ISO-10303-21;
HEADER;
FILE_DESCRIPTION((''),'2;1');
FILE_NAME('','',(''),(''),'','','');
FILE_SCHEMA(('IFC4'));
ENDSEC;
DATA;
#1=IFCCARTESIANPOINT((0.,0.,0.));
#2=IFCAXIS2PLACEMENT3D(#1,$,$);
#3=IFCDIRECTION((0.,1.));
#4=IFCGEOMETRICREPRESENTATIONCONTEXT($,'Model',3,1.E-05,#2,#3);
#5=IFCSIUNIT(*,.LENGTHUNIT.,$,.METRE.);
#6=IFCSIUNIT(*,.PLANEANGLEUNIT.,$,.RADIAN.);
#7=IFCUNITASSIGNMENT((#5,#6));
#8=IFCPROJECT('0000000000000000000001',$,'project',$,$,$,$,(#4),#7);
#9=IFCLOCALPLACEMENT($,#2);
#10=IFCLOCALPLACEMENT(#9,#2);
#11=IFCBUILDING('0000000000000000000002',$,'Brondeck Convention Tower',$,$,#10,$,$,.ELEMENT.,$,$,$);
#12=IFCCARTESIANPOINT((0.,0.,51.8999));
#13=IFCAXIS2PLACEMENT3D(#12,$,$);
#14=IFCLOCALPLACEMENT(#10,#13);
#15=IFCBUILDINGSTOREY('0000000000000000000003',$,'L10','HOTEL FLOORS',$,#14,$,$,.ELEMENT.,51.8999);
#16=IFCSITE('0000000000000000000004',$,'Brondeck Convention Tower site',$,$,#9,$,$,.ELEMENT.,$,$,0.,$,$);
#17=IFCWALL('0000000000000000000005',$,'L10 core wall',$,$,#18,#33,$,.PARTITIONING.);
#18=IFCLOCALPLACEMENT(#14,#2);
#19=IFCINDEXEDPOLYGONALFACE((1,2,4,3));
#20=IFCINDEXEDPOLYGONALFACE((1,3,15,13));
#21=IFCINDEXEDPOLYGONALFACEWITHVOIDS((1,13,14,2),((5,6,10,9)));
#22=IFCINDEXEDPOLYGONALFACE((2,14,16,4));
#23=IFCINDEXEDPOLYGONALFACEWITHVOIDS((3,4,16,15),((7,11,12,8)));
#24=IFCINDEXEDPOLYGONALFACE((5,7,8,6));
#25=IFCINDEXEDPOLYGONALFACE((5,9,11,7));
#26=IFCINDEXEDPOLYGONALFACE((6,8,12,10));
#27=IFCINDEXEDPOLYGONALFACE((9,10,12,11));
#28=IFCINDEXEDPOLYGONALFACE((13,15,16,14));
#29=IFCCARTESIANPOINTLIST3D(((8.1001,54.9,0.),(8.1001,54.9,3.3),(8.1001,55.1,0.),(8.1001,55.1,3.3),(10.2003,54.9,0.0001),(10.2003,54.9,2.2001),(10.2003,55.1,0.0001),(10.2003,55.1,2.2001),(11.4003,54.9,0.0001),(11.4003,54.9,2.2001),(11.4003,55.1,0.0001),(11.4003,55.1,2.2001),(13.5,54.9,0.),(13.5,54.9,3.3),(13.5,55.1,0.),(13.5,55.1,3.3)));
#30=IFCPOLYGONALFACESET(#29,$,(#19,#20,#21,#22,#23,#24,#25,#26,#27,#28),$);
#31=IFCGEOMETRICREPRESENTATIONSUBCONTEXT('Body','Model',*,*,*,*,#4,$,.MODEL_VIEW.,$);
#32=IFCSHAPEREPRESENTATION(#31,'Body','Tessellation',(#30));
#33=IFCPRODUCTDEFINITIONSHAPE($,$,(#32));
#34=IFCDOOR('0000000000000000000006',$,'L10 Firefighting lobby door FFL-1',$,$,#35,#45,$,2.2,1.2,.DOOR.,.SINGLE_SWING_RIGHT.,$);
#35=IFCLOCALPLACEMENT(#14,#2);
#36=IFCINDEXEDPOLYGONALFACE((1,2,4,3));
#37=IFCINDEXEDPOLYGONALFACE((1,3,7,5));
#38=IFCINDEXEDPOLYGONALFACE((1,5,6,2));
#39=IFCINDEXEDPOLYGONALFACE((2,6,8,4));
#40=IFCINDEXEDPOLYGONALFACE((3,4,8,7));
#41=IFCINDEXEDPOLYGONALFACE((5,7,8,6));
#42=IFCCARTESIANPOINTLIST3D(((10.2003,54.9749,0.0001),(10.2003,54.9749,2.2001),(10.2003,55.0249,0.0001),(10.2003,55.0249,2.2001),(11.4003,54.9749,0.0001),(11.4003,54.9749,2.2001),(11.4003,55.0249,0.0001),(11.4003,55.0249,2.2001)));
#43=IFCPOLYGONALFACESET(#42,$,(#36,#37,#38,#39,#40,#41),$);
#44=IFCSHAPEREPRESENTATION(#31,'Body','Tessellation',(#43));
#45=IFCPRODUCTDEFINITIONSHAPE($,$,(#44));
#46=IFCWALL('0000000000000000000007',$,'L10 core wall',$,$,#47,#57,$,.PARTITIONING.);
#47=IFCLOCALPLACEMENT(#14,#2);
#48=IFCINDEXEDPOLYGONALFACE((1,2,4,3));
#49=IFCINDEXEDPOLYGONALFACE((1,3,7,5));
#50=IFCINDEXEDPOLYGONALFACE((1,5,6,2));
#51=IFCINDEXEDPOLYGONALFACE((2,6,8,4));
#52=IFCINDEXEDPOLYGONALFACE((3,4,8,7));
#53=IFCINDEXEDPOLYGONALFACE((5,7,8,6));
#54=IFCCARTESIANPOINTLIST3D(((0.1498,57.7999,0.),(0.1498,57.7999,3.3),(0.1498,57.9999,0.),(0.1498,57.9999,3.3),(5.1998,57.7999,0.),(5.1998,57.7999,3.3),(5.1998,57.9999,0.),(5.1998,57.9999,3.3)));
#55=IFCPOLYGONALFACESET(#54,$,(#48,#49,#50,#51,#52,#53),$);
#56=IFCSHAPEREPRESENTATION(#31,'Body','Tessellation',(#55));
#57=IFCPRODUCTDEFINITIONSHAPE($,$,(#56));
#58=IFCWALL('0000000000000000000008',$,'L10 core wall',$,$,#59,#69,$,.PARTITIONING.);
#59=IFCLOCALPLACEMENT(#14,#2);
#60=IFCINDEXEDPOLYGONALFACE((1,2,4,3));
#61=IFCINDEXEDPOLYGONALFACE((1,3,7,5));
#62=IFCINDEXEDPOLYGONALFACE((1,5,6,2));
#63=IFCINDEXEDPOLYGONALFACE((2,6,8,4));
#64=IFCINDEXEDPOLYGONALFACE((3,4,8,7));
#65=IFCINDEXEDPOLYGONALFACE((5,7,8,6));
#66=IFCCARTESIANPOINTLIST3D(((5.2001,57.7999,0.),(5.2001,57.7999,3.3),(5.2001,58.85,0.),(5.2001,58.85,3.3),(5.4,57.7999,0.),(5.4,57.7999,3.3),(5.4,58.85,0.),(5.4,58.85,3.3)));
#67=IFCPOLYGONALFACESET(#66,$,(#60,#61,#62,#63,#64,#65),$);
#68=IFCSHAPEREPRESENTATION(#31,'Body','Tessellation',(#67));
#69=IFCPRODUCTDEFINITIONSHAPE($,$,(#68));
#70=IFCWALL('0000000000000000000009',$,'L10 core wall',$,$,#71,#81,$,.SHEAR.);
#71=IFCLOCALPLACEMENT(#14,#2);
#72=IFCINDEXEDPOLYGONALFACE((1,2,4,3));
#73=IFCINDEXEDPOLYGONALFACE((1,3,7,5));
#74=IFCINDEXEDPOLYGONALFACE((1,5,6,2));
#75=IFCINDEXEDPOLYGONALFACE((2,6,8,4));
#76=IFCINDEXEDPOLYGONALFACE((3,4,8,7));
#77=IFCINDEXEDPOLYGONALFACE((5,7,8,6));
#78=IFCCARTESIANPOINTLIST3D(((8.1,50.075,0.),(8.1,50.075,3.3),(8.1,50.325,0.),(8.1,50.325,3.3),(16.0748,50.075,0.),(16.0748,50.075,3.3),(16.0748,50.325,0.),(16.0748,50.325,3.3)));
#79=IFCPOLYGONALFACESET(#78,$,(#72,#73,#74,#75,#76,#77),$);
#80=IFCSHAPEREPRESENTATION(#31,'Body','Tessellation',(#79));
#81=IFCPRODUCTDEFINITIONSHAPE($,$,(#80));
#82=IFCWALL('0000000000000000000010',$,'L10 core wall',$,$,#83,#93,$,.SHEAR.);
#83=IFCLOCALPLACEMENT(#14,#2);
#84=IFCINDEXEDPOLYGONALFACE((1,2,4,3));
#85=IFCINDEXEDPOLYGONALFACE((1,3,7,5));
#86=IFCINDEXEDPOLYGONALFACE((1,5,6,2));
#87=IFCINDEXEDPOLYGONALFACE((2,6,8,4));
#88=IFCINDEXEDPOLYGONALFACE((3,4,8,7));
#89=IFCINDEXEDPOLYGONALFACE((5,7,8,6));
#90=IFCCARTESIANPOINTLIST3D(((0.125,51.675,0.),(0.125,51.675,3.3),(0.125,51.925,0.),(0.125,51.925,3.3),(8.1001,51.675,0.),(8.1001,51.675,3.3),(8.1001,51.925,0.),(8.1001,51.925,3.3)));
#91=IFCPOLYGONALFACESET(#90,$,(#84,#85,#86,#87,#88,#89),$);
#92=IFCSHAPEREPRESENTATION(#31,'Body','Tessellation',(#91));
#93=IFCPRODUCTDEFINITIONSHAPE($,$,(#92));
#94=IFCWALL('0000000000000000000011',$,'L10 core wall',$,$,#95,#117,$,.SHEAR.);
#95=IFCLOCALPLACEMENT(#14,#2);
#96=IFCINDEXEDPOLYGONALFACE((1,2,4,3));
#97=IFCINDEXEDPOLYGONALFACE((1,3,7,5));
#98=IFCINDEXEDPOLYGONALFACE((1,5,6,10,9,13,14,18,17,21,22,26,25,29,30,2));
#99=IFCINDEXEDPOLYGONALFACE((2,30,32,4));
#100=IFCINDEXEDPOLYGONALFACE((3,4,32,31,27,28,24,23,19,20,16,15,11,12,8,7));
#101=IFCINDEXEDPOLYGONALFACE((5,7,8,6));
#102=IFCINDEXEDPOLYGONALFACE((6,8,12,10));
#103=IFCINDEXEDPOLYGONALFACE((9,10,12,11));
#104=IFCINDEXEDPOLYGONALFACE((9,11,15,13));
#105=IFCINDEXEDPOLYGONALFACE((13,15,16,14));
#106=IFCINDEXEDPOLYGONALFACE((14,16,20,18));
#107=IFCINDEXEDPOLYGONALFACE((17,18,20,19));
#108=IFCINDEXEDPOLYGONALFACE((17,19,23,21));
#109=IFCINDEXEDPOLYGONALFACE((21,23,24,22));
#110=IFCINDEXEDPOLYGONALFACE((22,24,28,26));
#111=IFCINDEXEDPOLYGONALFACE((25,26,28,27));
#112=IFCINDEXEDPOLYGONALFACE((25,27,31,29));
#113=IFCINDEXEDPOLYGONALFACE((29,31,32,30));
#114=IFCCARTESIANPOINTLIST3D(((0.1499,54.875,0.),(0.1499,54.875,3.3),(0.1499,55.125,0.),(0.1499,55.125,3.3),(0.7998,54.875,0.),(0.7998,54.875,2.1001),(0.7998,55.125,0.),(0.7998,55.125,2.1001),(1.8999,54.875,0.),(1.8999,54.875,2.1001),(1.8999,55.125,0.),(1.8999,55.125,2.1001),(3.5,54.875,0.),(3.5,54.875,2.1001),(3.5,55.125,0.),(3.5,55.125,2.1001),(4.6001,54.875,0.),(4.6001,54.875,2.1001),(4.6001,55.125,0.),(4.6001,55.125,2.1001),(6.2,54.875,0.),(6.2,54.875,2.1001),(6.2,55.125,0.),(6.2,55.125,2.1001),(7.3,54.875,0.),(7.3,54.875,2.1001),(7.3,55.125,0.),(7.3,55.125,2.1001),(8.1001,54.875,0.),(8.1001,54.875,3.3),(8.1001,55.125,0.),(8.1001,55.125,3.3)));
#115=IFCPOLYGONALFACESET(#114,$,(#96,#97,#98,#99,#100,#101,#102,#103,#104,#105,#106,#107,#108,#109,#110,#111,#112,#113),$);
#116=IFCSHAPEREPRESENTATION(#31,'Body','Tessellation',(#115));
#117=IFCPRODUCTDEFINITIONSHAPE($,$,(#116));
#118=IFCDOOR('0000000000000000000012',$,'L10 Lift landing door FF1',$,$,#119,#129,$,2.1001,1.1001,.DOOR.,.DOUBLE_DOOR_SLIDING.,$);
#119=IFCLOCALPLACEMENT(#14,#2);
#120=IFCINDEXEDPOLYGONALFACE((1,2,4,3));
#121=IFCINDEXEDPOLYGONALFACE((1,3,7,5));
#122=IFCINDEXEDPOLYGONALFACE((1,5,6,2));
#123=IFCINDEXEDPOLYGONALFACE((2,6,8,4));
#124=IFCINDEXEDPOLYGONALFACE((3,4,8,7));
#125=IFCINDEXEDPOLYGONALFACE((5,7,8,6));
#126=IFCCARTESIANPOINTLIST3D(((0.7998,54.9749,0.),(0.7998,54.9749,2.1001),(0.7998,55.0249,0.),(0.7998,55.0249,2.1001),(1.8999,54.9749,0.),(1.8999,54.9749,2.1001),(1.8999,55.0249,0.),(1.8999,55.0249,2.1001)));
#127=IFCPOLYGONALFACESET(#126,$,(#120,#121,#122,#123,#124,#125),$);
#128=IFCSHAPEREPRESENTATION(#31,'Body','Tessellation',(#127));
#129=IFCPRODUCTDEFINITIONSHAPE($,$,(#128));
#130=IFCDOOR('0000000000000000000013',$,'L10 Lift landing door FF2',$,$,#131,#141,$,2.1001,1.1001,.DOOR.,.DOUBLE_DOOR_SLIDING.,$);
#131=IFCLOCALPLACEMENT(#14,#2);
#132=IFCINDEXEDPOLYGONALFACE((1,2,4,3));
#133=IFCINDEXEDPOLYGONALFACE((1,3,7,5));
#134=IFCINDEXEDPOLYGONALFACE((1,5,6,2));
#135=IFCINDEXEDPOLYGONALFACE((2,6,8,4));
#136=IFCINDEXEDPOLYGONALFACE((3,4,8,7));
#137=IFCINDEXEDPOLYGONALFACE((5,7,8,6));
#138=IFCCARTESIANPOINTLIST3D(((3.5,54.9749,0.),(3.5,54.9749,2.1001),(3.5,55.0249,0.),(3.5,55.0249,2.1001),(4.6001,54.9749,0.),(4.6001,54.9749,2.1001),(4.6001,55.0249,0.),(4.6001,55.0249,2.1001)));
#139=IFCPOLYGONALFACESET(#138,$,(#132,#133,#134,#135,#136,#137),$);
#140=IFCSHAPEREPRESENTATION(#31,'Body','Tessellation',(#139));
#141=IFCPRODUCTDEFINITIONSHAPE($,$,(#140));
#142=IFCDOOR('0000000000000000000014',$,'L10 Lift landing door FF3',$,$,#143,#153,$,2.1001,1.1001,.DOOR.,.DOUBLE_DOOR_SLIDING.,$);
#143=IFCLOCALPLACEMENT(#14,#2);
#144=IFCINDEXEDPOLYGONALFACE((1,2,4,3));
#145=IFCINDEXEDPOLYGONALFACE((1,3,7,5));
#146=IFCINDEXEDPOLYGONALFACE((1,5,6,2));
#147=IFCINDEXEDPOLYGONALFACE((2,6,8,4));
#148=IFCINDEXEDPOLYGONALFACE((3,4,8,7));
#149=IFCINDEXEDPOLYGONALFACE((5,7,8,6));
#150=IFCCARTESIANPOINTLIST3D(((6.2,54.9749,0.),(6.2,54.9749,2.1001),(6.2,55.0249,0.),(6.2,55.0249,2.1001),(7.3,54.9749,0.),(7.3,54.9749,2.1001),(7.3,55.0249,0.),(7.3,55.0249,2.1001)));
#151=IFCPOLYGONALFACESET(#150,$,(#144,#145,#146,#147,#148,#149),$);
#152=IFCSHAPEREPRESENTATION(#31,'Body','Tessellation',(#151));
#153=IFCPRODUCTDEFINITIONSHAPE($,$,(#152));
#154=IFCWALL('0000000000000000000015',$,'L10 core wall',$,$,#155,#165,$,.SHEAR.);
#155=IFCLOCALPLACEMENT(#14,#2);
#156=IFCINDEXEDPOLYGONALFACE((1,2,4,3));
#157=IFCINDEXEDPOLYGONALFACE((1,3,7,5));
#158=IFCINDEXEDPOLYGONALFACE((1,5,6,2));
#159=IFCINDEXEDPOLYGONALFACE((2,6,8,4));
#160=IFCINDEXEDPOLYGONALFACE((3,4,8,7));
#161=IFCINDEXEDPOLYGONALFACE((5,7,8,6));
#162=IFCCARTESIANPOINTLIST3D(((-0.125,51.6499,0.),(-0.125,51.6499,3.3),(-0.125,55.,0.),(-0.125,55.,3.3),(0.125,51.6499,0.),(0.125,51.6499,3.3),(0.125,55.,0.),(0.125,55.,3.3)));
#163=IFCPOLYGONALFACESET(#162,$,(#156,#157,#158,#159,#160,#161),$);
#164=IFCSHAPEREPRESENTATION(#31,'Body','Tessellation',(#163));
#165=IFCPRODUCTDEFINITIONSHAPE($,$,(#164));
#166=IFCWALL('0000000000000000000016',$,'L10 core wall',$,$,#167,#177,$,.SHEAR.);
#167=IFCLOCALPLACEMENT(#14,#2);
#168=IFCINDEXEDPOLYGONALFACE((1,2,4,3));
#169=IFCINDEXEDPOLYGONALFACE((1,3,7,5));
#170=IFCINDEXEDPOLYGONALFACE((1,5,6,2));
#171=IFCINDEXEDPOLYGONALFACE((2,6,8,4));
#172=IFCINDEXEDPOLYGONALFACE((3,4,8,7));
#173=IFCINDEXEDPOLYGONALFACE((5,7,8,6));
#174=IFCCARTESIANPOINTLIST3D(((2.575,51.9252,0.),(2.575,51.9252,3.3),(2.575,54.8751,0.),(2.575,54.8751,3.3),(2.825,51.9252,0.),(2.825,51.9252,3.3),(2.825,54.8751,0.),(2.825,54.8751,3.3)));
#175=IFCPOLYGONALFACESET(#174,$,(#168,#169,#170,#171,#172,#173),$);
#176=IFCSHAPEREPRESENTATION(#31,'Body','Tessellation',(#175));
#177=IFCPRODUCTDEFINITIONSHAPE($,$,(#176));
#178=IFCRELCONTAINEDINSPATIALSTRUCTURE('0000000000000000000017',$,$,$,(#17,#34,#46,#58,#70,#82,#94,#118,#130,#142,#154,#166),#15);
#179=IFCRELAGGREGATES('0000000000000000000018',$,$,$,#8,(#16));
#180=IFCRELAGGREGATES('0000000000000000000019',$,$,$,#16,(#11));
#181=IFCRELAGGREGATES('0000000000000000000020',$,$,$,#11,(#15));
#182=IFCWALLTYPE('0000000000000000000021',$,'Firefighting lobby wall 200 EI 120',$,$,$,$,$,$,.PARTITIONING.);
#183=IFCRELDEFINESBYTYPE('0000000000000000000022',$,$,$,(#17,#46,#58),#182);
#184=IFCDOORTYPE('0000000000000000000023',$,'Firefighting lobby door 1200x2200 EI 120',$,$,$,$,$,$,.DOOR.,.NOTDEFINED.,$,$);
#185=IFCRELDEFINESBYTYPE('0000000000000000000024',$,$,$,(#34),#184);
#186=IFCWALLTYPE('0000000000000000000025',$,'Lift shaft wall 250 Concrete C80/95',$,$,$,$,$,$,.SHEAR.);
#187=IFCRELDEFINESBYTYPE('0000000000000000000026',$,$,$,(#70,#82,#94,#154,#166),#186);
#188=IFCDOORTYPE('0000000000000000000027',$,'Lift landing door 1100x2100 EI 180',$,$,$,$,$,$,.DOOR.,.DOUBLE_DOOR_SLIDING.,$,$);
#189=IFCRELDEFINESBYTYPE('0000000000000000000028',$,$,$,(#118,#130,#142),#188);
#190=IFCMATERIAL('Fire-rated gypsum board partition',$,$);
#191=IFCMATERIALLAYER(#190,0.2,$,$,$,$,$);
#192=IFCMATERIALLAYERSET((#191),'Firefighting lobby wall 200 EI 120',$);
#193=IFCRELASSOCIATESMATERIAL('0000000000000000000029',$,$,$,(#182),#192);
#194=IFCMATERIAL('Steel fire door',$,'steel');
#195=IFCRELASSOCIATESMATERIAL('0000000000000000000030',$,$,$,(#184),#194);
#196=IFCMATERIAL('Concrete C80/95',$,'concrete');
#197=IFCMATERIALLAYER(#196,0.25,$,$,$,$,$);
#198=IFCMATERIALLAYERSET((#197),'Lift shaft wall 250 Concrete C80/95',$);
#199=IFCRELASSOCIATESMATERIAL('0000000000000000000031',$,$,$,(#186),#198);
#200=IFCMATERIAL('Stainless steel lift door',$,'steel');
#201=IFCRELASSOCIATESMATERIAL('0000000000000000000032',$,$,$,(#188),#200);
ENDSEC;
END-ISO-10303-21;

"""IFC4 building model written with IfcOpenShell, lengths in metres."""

from ifc_helpers import new_model, si_unit, direction, frame, frame_2d, origin, place, context, subcontext, project, spatial, rectangle, extrude, material, layer, layer_set, type_object, element, fill, save


model = new_model("IFC4")

# Units and contexts
model_context = context("Model", 3, precision=1e-05, world=origin(), true_north=direction((0.0, 1.0)))
body_context = subcontext(model_context, "Body", "Model", "MODEL_VIEW")
ifc_project = project(units=[si_unit("LENGTHUNIT", "METRE"), si_unit("PLANEANGLEUNIT", "RADIAN")], contexts=[model_context])

# Site, building, storey
site_placement = place(None, origin())
site = spatial("IfcSite", under=ifc_project, at=site_placement, Name="Brondeck Convention Tower site", CompositionType="ELEMENT", RefElevation=0.0)
building_placement = place(site_placement, origin())
building = spatial("IfcBuilding", under=site, at=building_placement, Name="Brondeck Convention Tower", CompositionType="ELEMENT")
storey_placement = place(building_placement, frame((0.0, 0.0, 51.8999)))
storey = spatial("IfcBuildingStorey", under=building, at=storey_placement, Name="L10", Description="HOTEL FLOORS", CompositionType="ELEMENT", Elevation=51.8999)

# Shared definitions
ifc_material_1 = material(Name="Concrete C80/95", Category="concrete")

# Shared definitions
ifc_material_2 = material(Name="Fire-rated gypsum board partition")

# Wall, opening, door
ifc_layer_1 = layer(ifc_material_2, 0.2)
ifc_layer_set_1 = layer_set([ifc_layer_1], Name="Firefighting lobby wall 200 EI 120")
wall_type_1 = type_object("IfcWallType", Name="Firefighting lobby wall 200 EI 120", PredefinedType="PARTITIONING", material=ifc_layer_set_1)
wall_1_placement = place(storey_placement, frame((8.1001, 55.0, 0.0), z_axis=(0.0, 0.0, 1.0), x_axis=(1.0, 0.0, 0.0)))
wall_1 = element("IfcWall", 1, at=wall_1_placement, inside=storey, type_object=wall_type_1, Name="L10 core wall", PredefinedType="PARTITIONING", context=body_context, shape_type="SweptSolid", body=[
    extrude(rectangle(XDim=5.3999, YDim=0.2, at=frame_2d((2.7, 0.0))), origin(), (0.0, 0.0, 1.0), 3.3),
])
opening_1_placement = place(wall_1_placement, frame((2.1001, 0.0, 0.0)))
opening_1 = element("IfcOpeningElement", 2, at=opening_1_placement, cuts=wall_1, PredefinedType="OPENING", context=body_context, shape_type="SweptSolid", body=[
    extrude(rectangle(XDim=1.2, YDim=2.2, at=frame_2d((0.6001, 1.1001))), frame((0.0, 0.1099, 0.0), z_axis=(0.0, -1.0, 0.0), x_axis=(1.0, 0.0, 0.0)), (0.0, 0.0, 1.0), 0.22),
])
ifc_material_3 = material(Name="Steel fire door", Category="steel")
door_type_1 = type_object("IfcDoorType", Name="Firefighting lobby door 1200x2200 EI 120", OperationType="NOTDEFINED", PredefinedType="DOOR", material=ifc_material_3)
door_1_placement = place(opening_1_placement, origin())
door_1 = element("IfcDoor", 3, at=door_1_placement, inside=storey, type_object=door_type_1, Name="L10 Firefighting lobby door FFL-1", OperationType="SINGLE_SWING_RIGHT", OverallHeight=2.2, OverallWidth=1.2, PredefinedType="DOOR", context=body_context, shape_type="SweptSolid", body=[
    extrude(rectangle(XDim=1.2, YDim=2.2, at=frame_2d((0.6001, 1.1001))), frame((0.0, 0.0249, 0.0), z_axis=(0.0, -1.0, 0.0), x_axis=(1.0, 0.0, 0.0)), (0.0, 0.0, 1.0), 0.05),
])
fill(opening_1, door_1)

# Walls
wall_2_placement = place(storey_placement, frame((0.1499, 57.8999, 0.0), z_axis=(0.0, 0.0, 1.0), x_axis=(1.0, 0.0, 0.0)))
element("IfcWall", 4, at=wall_2_placement, inside=storey, type_object=wall_type_1, Name="L10 core wall", PredefinedType="PARTITIONING", context=body_context, shape_type="SweptSolid", body=[
    extrude(rectangle(XDim=5.05, YDim=0.2, at=frame_2d((2.5249, 0.0))), origin(), (0.0, 0.0, 1.0), 3.3),
])
wall_3_placement = place(storey_placement, frame((5.3, 57.8, 0.0), z_axis=(0.0, 0.0, 1.0), x_axis=(0.0, 1.0, 0.0)))
element("IfcWall", 5, at=wall_3_placement, inside=storey, type_object=wall_type_1, Name="L10 core wall", PredefinedType="PARTITIONING", context=body_context, shape_type="SweptSolid", body=[
    extrude(rectangle(XDim=1.05, YDim=0.2, at=frame_2d((0.5249, 0.0))), origin(), (0.0, 0.0, 1.0), 3.3),
])
ifc_layer_2 = layer(ifc_material_1, 0.25)
ifc_layer_set_2 = layer_set([ifc_layer_2], Name="Lift shaft wall 250 Concrete C80/95")
wall_type_2 = type_object("IfcWallType", Name="Lift shaft wall 250 Concrete C80/95", PredefinedType="SHEAR", material=ifc_layer_set_2)
wall_4_placement = place(storey_placement, frame((8.1001, 50.2, 0.0), z_axis=(0.0, 0.0, 1.0), x_axis=(1.0, 0.0, 0.0)))
element("IfcWall", 6, at=wall_4_placement, inside=storey, type_object=wall_type_2, Name="L10 core wall", PredefinedType="SHEAR", context=body_context, shape_type="SweptSolid", body=[
    extrude(rectangle(XDim=7.9749, YDim=0.25, at=frame_2d((3.9873, 0.0))), origin(), (0.0, 0.0, 1.0), 3.3),
])
wall_5_placement = place(storey_placement, frame((0.125, 51.8, 0.0), z_axis=(0.0, 0.0, 1.0), x_axis=(1.0, 0.0, 0.0)))
element("IfcWall", 7, at=wall_5_placement, inside=storey, type_object=wall_type_2, Name="L10 core wall", PredefinedType="SHEAR", context=body_context, shape_type="SweptSolid", body=[
    extrude(rectangle(XDim=7.9751, YDim=0.25, at=frame_2d((3.9875, 0.0))), origin(), (0.0, 0.0, 1.0), 3.3),
])

# Wall, openings, doors
wall_6_placement = place(storey_placement, frame((0.1499, 55.0, 0.0), z_axis=(0.0, 0.0, 1.0), x_axis=(1.0, 0.0, 0.0)))
wall_6 = element("IfcWall", 8, at=wall_6_placement, inside=storey, type_object=wall_type_2, Name="L10 core wall", PredefinedType="SHEAR", context=body_context, shape_type="SweptSolid", body=[
    extrude(rectangle(XDim=7.9502, YDim=0.25, at=frame_2d((3.9751, 0.0))), origin(), (0.0, 0.0, 1.0), 3.3),
])
opening_2_placement = place(wall_6_placement, frame((0.6499, 0.0, 0.0)))
opening_2 = element("IfcOpeningElement", 9, at=opening_2_placement, cuts=wall_6, PredefinedType="OPENING", context=body_context, shape_type="SweptSolid", body=[
    extrude(rectangle(XDim=1.1001, YDim=2.1001, at=frame_2d((0.55, 1.05))), frame((0.0, 0.135, 0.0), z_axis=(0.0, -1.0, 0.0), x_axis=(1.0, 0.0, 0.0)), (0.0, 0.0, 1.0), 0.27),
])
opening_3_placement = place(wall_6_placement, frame((3.3501, 0.0, 0.0)))
opening_3 = element("IfcOpeningElement", 10, at=opening_3_placement, cuts=wall_6, PredefinedType="OPENING", context=body_context, shape_type="SweptSolid", body=[
    extrude(rectangle(XDim=1.1001, YDim=2.1001, at=frame_2d((0.55, 1.05))), frame((0.0, 0.135, 0.0), z_axis=(0.0, -1.0, 0.0), x_axis=(1.0, 0.0, 0.0)), (0.0, 0.0, 1.0), 0.27),
])
opening_4_placement = place(wall_6_placement, frame((6.05, 0.0, 0.0)))
opening_4 = element("IfcOpeningElement", 11, at=opening_4_placement, cuts=wall_6, PredefinedType="OPENING", context=body_context, shape_type="SweptSolid", body=[
    extrude(rectangle(XDim=1.1001, YDim=2.1001, at=frame_2d((0.55, 1.05))), frame((0.0, 0.135, 0.0), z_axis=(0.0, -1.0, 0.0), x_axis=(1.0, 0.0, 0.0)), (0.0, 0.0, 1.0), 0.27),
])
ifc_material_4 = material(Name="Stainless steel lift door", Category="steel")
door_type_2 = type_object("IfcDoorType", Name="Lift landing door 1100x2100 EI 180", OperationType="DOUBLE_DOOR_SLIDING", PredefinedType="DOOR", material=ifc_material_4)
door_2_placement = place(opening_2_placement, origin())
door_2 = element("IfcDoor", 12, at=door_2_placement, inside=storey, type_object=door_type_2, Name="L10 Lift landing door FF1", OperationType="DOUBLE_DOOR_SLIDING", OverallHeight=2.1001, OverallWidth=1.1001, PredefinedType="DOOR", context=body_context, shape_type="SweptSolid", body=[
    extrude(rectangle(XDim=1.1001, YDim=2.1001, at=frame_2d((0.55, 1.05))), frame((0.0, 0.0249, 0.0), z_axis=(0.0, -1.0, 0.0), x_axis=(1.0, 0.0, 0.0)), (0.0, 0.0, 1.0), 0.05),
])
fill(opening_2, door_2)
door_3_placement = place(opening_3_placement, origin())
door_3 = element("IfcDoor", 13, at=door_3_placement, inside=storey, type_object=door_type_2, Name="L10 Lift landing door FF2", OperationType="DOUBLE_DOOR_SLIDING", OverallHeight=2.1001, OverallWidth=1.1001, PredefinedType="DOOR", context=body_context, shape_type="SweptSolid", body=[
    extrude(rectangle(XDim=1.1001, YDim=2.1001, at=frame_2d((0.55, 1.05))), frame((0.0, 0.0249, 0.0), z_axis=(0.0, -1.0, 0.0), x_axis=(1.0, 0.0, 0.0)), (0.0, 0.0, 1.0), 0.05),
])
fill(opening_3, door_3)
door_4_placement = place(opening_4_placement, origin())
door_4 = element("IfcDoor", 14, at=door_4_placement, inside=storey, type_object=door_type_2, Name="L10 Lift landing door FF3", OperationType="DOUBLE_DOOR_SLIDING", OverallHeight=2.1001, OverallWidth=1.1001, PredefinedType="DOOR", context=body_context, shape_type="SweptSolid", body=[
    extrude(rectangle(XDim=1.1001, YDim=2.1001, at=frame_2d((0.55, 1.05))), frame((0.0, 0.0249, 0.0), z_axis=(0.0, -1.0, 0.0), x_axis=(1.0, 0.0, 0.0)), (0.0, 0.0, 1.0), 0.05),
])
fill(opening_4, door_4)

# Walls
wall_7_placement = place(storey_placement, frame((0.0, 51.6499, 0.0), z_axis=(0.0, 0.0, 1.0), x_axis=(0.0, 1.0, 0.0)))
element("IfcWall", 15, at=wall_7_placement, inside=storey, type_object=wall_type_2, Name="L10 core wall", PredefinedType="SHEAR", context=body_context, shape_type="SweptSolid", body=[
    extrude(rectangle(XDim=3.3501, YDim=0.25, at=frame_2d((1.675, 0.0))), origin(), (0.0, 0.0, 1.0), 3.3),
])
for number, where, z_axis, x_axis, name in (
    (16, (2.7, 51.925, 0.0), (0.0, 0.0, 1.0), (0.0, 1.0, 0.0), "L10 core wall"),
):
    element("IfcWall", number, at=place(storey_placement, frame(where, z_axis=z_axis, x_axis=x_axis)), inside=storey, type_object=wall_type_2, Name=name, PredefinedType="SHEAR", context=body_context, shape_type="SweptSolid", body=[
        extrude(rectangle(XDim=2.95, YDim=0.25, at=frame_2d((1.4751, 0.0))), origin(), (0.0, 0.0, 1.0), 3.3),
    ])

save(model, "model.ifc")
